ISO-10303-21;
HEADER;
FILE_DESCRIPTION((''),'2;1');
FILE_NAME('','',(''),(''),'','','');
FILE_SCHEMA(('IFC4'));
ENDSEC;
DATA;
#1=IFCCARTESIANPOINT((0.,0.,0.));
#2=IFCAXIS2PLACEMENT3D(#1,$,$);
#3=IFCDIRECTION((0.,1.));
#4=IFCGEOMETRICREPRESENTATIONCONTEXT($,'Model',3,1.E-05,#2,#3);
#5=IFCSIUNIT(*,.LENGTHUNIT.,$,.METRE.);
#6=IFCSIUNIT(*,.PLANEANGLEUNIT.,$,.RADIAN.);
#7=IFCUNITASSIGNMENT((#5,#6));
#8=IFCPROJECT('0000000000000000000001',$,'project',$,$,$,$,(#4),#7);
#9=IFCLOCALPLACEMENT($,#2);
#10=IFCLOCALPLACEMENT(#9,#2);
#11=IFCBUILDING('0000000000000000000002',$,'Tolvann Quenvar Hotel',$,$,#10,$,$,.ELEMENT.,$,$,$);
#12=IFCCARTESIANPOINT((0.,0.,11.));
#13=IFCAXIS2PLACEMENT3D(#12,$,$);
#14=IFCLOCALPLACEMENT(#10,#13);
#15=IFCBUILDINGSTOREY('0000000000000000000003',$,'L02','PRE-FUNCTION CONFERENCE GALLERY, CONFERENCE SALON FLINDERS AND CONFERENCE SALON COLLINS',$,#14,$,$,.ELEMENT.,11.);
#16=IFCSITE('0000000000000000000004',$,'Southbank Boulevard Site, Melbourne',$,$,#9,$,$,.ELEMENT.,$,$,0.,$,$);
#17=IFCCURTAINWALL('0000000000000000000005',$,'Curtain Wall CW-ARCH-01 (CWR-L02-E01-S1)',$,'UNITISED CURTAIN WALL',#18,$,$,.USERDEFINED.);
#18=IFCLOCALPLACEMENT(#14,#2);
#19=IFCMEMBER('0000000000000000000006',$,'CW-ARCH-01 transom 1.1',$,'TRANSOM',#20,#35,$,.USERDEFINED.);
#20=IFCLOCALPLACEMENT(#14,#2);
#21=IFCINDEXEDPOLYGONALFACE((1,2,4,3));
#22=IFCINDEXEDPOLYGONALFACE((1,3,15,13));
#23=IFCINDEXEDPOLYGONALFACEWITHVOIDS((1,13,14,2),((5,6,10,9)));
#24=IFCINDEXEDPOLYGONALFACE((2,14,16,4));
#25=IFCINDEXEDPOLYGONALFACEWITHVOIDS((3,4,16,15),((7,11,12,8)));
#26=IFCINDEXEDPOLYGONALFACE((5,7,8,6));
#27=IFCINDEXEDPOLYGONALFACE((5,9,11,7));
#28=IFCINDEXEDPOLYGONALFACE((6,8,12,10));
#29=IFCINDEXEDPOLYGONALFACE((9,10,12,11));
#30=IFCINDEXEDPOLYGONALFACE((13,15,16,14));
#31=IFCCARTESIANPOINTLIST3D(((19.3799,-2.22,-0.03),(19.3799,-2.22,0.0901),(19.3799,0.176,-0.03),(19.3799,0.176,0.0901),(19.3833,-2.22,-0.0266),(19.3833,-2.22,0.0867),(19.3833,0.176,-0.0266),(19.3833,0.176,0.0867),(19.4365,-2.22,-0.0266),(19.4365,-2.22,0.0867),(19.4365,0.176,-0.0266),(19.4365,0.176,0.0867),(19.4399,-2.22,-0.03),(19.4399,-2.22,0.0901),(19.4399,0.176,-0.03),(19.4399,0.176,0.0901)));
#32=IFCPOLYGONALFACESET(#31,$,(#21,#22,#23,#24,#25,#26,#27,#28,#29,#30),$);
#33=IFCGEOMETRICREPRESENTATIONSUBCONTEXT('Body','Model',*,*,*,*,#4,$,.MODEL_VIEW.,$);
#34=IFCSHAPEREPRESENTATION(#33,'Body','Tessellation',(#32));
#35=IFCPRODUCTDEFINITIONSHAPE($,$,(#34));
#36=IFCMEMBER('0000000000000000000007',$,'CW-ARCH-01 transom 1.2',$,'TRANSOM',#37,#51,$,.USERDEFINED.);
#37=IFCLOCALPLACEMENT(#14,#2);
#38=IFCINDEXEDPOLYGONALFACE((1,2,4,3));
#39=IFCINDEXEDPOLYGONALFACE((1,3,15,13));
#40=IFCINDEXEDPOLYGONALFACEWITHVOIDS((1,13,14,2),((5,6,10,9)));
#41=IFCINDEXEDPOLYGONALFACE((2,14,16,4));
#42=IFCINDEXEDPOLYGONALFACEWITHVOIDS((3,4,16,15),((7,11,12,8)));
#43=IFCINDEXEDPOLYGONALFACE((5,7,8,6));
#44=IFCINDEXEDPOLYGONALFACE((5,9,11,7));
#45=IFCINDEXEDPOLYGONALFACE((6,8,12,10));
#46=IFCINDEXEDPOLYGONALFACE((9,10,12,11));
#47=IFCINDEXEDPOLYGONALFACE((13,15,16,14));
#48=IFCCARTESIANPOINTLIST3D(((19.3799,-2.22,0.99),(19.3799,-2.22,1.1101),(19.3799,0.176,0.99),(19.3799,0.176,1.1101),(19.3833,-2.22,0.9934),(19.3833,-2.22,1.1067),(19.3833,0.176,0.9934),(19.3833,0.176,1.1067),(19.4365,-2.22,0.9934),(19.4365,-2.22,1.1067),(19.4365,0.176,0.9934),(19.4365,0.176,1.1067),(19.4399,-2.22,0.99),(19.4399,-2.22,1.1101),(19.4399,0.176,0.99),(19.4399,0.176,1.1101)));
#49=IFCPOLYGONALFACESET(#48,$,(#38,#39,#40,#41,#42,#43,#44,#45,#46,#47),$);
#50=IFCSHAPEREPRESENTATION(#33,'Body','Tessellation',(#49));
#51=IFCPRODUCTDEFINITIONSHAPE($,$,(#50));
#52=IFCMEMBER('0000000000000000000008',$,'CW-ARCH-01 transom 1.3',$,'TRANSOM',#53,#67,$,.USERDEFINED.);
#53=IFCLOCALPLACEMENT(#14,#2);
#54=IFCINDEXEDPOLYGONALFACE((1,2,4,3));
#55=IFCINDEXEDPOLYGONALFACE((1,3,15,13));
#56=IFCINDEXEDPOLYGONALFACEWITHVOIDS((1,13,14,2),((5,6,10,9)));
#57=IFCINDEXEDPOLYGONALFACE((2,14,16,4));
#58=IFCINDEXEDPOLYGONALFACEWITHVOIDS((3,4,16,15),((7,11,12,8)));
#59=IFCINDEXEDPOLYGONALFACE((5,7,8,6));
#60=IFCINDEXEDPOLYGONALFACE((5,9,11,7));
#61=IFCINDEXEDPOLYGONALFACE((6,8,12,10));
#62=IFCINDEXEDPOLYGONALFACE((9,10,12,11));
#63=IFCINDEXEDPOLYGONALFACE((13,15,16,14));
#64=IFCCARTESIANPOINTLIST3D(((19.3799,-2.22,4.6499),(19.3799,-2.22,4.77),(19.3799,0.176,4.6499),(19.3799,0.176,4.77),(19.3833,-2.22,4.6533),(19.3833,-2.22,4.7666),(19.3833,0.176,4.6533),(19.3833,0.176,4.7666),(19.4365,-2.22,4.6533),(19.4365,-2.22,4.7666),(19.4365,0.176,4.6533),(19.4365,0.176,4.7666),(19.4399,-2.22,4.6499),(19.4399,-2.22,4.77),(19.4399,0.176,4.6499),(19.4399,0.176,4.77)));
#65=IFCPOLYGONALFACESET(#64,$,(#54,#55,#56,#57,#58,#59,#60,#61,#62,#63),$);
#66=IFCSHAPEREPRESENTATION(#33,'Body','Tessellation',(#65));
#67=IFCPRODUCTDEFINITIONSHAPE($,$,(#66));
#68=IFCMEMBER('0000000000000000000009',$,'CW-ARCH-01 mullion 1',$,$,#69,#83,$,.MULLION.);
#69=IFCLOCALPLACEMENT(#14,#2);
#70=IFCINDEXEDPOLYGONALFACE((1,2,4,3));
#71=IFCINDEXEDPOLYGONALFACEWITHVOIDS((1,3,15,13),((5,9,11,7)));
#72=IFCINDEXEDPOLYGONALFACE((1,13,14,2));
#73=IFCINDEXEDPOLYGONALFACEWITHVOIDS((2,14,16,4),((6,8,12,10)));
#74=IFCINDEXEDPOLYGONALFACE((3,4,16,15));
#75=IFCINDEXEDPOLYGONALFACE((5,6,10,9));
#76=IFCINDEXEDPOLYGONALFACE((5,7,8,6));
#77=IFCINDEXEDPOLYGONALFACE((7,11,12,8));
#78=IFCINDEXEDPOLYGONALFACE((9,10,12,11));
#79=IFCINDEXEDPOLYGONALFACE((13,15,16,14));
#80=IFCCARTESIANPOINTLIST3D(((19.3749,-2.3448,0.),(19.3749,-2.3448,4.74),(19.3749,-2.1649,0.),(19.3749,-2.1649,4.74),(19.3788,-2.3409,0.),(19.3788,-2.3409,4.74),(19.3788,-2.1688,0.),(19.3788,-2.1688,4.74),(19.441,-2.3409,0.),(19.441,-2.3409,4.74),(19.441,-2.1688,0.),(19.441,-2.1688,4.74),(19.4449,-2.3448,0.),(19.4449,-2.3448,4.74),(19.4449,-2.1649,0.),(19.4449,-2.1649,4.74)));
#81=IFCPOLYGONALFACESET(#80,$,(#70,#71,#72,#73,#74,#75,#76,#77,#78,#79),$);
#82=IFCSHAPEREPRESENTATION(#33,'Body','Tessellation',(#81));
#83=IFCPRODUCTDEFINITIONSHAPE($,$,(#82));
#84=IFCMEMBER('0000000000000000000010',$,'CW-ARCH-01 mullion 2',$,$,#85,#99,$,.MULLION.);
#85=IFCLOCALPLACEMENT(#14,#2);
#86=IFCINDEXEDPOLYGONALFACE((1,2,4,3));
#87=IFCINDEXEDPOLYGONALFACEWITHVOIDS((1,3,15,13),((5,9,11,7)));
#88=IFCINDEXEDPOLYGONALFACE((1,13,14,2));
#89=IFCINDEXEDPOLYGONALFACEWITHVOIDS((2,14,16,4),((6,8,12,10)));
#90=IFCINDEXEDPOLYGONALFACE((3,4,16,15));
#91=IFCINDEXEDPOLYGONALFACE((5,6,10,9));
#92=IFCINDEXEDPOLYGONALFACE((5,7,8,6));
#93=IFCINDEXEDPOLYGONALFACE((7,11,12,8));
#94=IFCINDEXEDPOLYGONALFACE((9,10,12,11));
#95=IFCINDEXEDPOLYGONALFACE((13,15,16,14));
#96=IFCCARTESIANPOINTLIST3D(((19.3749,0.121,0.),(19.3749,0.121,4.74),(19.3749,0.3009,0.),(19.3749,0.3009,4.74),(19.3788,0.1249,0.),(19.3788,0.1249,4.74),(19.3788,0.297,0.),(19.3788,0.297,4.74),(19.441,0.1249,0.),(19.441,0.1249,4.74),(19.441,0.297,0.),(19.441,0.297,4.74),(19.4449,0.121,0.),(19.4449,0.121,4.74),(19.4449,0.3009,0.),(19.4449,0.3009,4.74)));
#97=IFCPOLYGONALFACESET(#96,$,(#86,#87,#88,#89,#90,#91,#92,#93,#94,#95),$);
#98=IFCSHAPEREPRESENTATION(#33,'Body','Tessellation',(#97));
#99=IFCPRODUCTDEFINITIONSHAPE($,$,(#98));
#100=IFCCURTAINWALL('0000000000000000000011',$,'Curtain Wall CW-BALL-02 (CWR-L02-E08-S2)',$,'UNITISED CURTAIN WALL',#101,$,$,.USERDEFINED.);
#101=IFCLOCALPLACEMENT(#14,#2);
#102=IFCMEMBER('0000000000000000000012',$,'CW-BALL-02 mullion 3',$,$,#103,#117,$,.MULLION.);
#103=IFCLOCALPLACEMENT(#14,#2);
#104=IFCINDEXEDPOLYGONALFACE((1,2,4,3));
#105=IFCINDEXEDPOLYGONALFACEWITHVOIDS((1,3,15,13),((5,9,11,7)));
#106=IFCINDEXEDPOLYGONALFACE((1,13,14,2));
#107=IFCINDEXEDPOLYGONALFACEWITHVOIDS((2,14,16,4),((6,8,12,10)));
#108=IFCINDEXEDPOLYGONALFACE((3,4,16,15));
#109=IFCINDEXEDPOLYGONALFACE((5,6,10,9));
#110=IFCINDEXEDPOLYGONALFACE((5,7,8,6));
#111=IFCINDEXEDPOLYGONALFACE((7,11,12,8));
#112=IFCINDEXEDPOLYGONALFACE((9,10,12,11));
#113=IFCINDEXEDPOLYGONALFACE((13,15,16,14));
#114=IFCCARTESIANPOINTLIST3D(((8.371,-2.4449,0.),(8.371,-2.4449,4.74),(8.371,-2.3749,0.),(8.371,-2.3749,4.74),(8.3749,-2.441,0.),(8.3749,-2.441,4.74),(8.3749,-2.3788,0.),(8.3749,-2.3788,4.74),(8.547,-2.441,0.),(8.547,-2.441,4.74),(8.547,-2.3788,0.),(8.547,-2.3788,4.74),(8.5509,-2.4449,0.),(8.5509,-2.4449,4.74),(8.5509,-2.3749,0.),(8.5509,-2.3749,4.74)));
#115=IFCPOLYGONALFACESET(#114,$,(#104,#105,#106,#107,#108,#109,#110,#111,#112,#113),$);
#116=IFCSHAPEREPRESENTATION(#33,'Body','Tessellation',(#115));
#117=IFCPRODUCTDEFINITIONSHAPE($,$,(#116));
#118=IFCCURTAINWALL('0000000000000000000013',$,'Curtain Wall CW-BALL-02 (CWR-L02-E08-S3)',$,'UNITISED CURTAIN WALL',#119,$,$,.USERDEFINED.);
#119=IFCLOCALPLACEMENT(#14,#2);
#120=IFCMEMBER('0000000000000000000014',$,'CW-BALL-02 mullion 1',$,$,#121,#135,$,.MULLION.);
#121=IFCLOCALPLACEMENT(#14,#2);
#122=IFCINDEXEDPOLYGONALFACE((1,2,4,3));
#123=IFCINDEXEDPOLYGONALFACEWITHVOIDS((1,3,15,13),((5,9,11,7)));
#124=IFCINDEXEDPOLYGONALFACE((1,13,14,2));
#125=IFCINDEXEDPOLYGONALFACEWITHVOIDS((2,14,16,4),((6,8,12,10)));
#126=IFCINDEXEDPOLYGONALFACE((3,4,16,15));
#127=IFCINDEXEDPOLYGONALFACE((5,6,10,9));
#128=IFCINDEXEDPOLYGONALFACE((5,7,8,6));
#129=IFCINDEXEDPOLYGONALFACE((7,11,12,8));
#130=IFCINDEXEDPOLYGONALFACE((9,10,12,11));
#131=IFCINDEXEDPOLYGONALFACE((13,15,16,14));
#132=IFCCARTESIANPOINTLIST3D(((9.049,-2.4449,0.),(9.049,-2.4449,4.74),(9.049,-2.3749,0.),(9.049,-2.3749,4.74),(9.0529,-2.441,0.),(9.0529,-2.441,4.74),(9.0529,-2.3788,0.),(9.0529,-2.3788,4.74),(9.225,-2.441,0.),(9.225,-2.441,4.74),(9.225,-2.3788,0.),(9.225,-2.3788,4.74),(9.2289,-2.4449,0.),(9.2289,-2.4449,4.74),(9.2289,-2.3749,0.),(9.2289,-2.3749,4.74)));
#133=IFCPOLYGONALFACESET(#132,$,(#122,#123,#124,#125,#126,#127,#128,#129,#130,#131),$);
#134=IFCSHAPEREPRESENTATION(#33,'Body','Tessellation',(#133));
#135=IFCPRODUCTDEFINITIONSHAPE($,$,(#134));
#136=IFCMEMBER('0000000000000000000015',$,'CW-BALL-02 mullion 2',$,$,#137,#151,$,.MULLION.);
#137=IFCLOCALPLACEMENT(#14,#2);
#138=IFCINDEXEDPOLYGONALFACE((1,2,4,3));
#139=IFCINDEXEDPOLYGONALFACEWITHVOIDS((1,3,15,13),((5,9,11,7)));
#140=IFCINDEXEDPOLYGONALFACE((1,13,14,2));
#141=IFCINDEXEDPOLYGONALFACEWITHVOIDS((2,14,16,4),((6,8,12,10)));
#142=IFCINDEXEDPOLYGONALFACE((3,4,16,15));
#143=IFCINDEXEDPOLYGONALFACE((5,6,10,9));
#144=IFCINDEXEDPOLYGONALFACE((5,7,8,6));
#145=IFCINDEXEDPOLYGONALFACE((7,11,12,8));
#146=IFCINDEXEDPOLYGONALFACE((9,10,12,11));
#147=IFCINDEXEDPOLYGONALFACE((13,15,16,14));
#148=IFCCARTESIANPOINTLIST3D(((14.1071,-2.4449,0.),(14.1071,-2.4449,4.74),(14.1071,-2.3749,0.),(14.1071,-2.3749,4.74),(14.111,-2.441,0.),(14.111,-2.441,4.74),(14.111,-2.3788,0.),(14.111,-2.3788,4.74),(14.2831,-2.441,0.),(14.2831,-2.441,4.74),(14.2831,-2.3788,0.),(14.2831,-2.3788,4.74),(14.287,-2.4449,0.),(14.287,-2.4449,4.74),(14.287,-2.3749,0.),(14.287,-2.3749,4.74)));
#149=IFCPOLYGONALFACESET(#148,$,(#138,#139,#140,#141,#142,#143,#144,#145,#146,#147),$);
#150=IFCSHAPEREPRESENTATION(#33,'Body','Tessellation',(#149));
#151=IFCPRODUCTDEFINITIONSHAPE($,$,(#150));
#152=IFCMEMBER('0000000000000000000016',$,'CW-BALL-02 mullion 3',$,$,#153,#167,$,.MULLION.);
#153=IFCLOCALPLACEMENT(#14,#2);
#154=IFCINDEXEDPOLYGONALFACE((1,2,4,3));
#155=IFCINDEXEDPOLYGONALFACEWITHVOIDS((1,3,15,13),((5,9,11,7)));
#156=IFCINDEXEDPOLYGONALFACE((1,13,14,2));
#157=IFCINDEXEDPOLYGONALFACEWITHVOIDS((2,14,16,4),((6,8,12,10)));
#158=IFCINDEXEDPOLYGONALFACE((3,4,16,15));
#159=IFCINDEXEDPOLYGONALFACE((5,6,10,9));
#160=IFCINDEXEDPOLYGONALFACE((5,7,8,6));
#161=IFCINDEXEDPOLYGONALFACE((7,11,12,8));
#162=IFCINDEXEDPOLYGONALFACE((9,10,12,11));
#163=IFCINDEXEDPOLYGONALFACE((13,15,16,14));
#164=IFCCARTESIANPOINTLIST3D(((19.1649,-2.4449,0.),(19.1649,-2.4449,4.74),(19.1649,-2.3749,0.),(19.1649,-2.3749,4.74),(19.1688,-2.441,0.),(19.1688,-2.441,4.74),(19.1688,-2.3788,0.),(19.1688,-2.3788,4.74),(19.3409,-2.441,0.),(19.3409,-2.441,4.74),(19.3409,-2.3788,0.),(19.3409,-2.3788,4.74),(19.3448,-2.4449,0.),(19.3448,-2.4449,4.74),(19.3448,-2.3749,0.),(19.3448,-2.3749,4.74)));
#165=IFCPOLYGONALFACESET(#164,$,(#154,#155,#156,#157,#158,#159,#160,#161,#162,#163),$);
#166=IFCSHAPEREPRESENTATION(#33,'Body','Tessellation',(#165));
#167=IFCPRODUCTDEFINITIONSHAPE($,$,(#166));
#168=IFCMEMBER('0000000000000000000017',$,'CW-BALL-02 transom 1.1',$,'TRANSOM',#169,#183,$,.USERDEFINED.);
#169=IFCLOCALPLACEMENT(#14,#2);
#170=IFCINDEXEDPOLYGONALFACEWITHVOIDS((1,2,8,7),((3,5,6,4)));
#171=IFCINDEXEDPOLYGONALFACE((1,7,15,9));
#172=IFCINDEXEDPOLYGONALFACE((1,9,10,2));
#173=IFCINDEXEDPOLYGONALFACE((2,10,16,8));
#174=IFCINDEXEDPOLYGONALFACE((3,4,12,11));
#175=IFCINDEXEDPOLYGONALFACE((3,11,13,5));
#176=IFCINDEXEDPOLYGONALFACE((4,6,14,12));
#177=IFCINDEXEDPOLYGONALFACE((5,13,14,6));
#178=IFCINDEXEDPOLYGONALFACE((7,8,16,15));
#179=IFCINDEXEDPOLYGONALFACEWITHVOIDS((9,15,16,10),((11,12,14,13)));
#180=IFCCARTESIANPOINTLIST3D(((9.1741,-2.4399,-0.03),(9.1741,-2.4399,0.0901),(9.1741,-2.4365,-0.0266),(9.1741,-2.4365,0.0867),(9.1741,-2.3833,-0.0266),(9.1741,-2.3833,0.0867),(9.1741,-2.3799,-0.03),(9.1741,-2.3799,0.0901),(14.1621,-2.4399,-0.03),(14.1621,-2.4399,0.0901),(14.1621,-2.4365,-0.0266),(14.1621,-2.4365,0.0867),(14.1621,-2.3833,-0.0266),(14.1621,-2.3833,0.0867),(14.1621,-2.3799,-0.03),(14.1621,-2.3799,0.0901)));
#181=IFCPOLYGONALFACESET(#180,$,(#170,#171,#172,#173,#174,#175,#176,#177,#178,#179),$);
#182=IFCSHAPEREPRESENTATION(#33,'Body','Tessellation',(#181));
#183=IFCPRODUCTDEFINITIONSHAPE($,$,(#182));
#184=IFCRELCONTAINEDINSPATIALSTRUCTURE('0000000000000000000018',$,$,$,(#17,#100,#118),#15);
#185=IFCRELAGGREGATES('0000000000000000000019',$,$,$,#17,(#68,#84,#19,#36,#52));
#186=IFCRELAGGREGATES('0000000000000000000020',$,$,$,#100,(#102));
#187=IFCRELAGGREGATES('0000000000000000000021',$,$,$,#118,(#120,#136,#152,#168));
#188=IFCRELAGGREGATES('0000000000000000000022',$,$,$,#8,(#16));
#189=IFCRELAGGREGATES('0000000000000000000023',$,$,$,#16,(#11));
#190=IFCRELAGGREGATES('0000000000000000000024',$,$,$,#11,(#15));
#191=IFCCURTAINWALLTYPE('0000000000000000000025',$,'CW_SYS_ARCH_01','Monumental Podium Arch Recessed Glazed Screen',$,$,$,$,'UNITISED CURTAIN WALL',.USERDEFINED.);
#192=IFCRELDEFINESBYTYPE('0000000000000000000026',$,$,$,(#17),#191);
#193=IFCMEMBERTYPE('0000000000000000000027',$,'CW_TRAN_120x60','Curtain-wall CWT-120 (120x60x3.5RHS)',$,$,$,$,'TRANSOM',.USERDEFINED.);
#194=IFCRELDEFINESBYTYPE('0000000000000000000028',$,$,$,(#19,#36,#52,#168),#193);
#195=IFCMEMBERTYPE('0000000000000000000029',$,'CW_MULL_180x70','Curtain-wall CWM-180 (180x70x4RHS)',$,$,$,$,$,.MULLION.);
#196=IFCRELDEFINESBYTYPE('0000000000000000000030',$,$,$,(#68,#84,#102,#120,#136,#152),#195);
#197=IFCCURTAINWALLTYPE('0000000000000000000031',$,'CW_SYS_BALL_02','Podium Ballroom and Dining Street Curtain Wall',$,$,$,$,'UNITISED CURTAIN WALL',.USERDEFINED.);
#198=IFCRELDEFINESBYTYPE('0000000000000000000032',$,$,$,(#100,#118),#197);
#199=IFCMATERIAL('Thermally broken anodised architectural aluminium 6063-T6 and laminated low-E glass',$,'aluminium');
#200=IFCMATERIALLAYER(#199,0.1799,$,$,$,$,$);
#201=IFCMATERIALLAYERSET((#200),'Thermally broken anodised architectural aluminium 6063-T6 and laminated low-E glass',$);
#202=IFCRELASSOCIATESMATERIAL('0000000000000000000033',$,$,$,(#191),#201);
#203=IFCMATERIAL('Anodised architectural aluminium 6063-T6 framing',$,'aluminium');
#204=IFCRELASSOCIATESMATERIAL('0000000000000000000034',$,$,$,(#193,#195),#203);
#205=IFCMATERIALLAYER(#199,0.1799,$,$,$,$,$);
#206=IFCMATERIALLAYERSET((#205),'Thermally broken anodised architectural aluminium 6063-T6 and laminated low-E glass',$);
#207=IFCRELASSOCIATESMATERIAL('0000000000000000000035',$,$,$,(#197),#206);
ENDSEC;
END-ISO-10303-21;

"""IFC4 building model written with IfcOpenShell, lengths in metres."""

from ifc_helpers import new_model, si_unit, direction, frame, origin, origin_2d, place, context, subcontext, project, spatial, hollow_rectangle, extrude, source, transform, mapped, material, layer, layer_set, material_profile, profile_set, type_object, type_shapes, element, aggregate, save


model = new_model("IFC4")

# Units and contexts
model_context = context("Model", 3, precision=1e-05, world=origin(), true_north=direction((0.0, 1.0)))
body_context = subcontext(model_context, "Body", "Model", "MODEL_VIEW")
ifc_project = project(units=[si_unit("LENGTHUNIT", "METRE"), si_unit("PLANEANGLEUNIT", "RADIAN")], contexts=[model_context])

# Site, building, storey
site_placement = place(None, origin())
site = spatial("IfcSite", under=ifc_project, at=site_placement, Name="Southbank Boulevard Site, Melbourne", CompositionType="ELEMENT", RefElevation=0.0)
building_placement = place(site_placement, origin())
building = spatial("IfcBuilding", under=site, at=building_placement, Name="Tolvann Quenvar Hotel", CompositionType="ELEMENT")
storey_placement = place(building_placement, frame((0.0, 0.0, 11.0)))
storey = spatial("IfcBuildingStorey", under=building, at=storey_placement, Name="L02", Description="PRE-FUNCTION CONFERENCE GALLERY, CONFERENCE SALON FLINDERS AND CONFERENCE SALON COLLINS", CompositionType="ELEMENT", Elevation=11.0)

# Curtain wall, members
ifc_material_1 = material(Name="Thermally broken anodised architectural aluminium 6063-T6 and laminated low-E glass", Category="aluminium")
ifc_layer_1 = layer(ifc_material_1, 0.1799)
ifc_layer_set_1 = layer_set([ifc_layer_1], Name="Thermally broken anodised architectural aluminium 6063-T6 and laminated low-E glass")
curtain_wall_type_1 = type_object("IfcCurtainWallType", Name="CW_SYS_ARCH_01", Description="Monumental Podium Arch Recessed Glazed Screen", ElementType="UNITISED CURTAIN WALL", PredefinedType="USERDEFINED", material=ifc_layer_set_1)
curtain_wall_1_placement = place(storey_placement, origin())
curtain_wall_1 = element("IfcCurtainWall", 1, at=curtain_wall_1_placement, inside=storey, type_object=curtain_wall_type_1, Name="Curtain Wall CW-ARCH-01 (CWR-L02-E01-S1)", ObjectType="UNITISED CURTAIN WALL", PredefinedType="USERDEFINED")
ifc_material_2 = material(Name="Anodised architectural aluminium 6063-T6 framing", Category="aluminium")
ifc_material_profile_1 = material_profile(ifc_material_2, hollow_rectangle(XDim=0.0601, YDim=0.1201, WallThickness=0.0034, at=origin_2d()), Name="120x60x3.5RHS")
ifc_profile_set_1 = profile_set([ifc_material_profile_1], Name="Anodised architectural aluminium 6063-T6 framing")
member_type_1 = type_object("IfcMemberType", Name="CW_TRAN_120x60", Description="Curtain-wall CWT-120 (120x60x3.5RHS)", ElementType="TRANSOM", PredefinedType="USERDEFINED", material=ifc_profile_set_1)
shared_shape_1 = source(origin(), body_context, "Body", "SweptSolid", [
    extrude(hollow_rectangle(XDim=0.0601, YDim=0.1201, WallThickness=0.0034, at=origin_2d()), origin(), (0.0, 0.0, 1.0), 2.396),
])
member_1_placement = place(storey_placement, frame((19.4099, -2.22, 0.03), z_axis=(0.0, 1.0, 0.0), x_axis=(-1.0, 0.0, 0.0)))
member_1 = element("IfcMember", 2, at=member_1_placement, type_object=member_type_1, Name="CW-ARCH-01 transom 1.1", ObjectType="TRANSOM", PredefinedType="USERDEFINED", context=body_context, shape_type="MappedRepresentation", body=[
    mapped(shared_shape_1, transform((0.0, 0.0, 0.0), x_axis=(1.0, 0.0, 0.0), y_axis=(0.0, 1.0, 0.0), z_axis=(0.0, 0.0, 1.0), scale=1.0)),
])
member_2_placement = place(storey_placement, frame((19.4099, -2.22, 1.05), z_axis=(0.0, 1.0, 0.0), x_axis=(-1.0, 0.0, 0.0)))
member_2 = element("IfcMember", 3, at=member_2_placement, type_object=member_type_1, Name="CW-ARCH-01 transom 1.2", ObjectType="TRANSOM", PredefinedType="USERDEFINED", context=body_context, shape_type="MappedRepresentation", body=[
    mapped(shared_shape_1, transform((0.0, 0.0, 0.0), x_axis=(1.0, 0.0, 0.0), y_axis=(0.0, 1.0, 0.0), z_axis=(0.0, 0.0, 1.0), scale=1.0)),
])
member_3_placement = place(storey_placement, frame((19.4099, -2.22, 4.71), z_axis=(0.0, 1.0, 0.0), x_axis=(-1.0, 0.0, 0.0)))
member_3 = element("IfcMember", 4, at=member_3_placement, type_object=member_type_1, Name="CW-ARCH-01 transom 1.3", ObjectType="TRANSOM", PredefinedType="USERDEFINED", context=body_context, shape_type="MappedRepresentation", body=[
    mapped(shared_shape_1, transform((0.0, 0.0, 0.0), x_axis=(1.0, 0.0, 0.0), y_axis=(0.0, 1.0, 0.0), z_axis=(0.0, 0.0, 1.0), scale=1.0)),
])
ifc_material_profile_2 = material_profile(ifc_material_2, hollow_rectangle(XDim=0.0701, YDim=0.1799, WallThickness=0.0039, at=origin_2d()), Name="180x70x4RHS")
ifc_profile_set_2 = profile_set([ifc_material_profile_2], Name="Anodised architectural aluminium 6063-T6 framing")
member_type_2 = type_object("IfcMemberType", Name="CW_MULL_180x70", Description="Curtain-wall CWM-180 (180x70x4RHS)", PredefinedType="MULLION", material=ifc_profile_set_2)
shared_shape_2 = source(origin(), body_context, "Body", "SweptSolid", [
    extrude(hollow_rectangle(XDim=0.0701, YDim=0.1799, WallThickness=0.0039, at=origin_2d()), origin(), (0.0, 0.0, 1.0), 4.74),
])
type_shapes(member_type_2, [shared_shape_2])
member_4_placement = place(storey_placement, frame((19.4099, -2.2549, 0.0), z_axis=(0.0, 0.0, 1.0), x_axis=(-1.0, 0.0, 0.0)))
member_4 = element("IfcMember", 5, at=member_4_placement, type_object=member_type_2, Name="CW-ARCH-01 mullion 1", PredefinedType="MULLION", context=body_context, shape_type="MappedRepresentation", body=[
    mapped(shared_shape_2, transform((0.0, 0.0, 0.0), x_axis=(1.0, 0.0, 0.0), y_axis=(0.0, 1.0, 0.0), z_axis=(0.0, 0.0, 1.0), scale=1.0)),
])
member_5_placement = place(storey_placement, frame((19.4099, 0.2109, 0.0), z_axis=(0.0, 0.0, 1.0), x_axis=(-1.0, 0.0, 0.0)))
member_5 = element("IfcMember", 6, at=member_5_placement, type_object=member_type_2, Name="CW-ARCH-01 mullion 2", PredefinedType="MULLION", context=body_context, shape_type="MappedRepresentation", body=[
    mapped(shared_shape_2, transform((0.0, 0.0, 0.0), x_axis=(1.0, 0.0, 0.0), y_axis=(0.0, 1.0, 0.0), z_axis=(0.0, 0.0, 1.0), scale=1.0)),
])

# Curtain wall, member
ifc_layer_2 = layer(ifc_material_1, 0.1799)
ifc_layer_set_2 = layer_set([ifc_layer_2], Name="Thermally broken anodised architectural aluminium 6063-T6 and laminated low-E glass")
curtain_wall_type_2 = type_object("IfcCurtainWallType", Name="CW_SYS_BALL_02", Description="Podium Ballroom and Dining Street Curtain Wall", ElementType="UNITISED CURTAIN WALL", PredefinedType="USERDEFINED", material=ifc_layer_set_2)
curtain_wall_2_placement = place(storey_placement, origin())
curtain_wall_2 = element("IfcCurtainWall", 7, at=curtain_wall_2_placement, inside=storey, type_object=curtain_wall_type_2, Name="Curtain Wall CW-BALL-02 (CWR-L02-E08-S2)", ObjectType="UNITISED CURTAIN WALL", PredefinedType="USERDEFINED")
member_6_placement = place(storey_placement, frame((8.4609, -2.4099, 0.0), z_axis=(0.0, 0.0, 1.0), x_axis=(0.0, 1.0, 0.0)))
member_6 = element("IfcMember", 8, at=member_6_placement, type_object=member_type_2, Name="CW-BALL-02 mullion 3", PredefinedType="MULLION", context=body_context, shape_type="MappedRepresentation", body=[
    mapped(shared_shape_2, transform((0.0, 0.0, 0.0), x_axis=(1.0, 0.0, 0.0), y_axis=(0.0, 1.0, 0.0), z_axis=(0.0, 0.0, 1.0), scale=1.0)),
])

# Curtain wall, members
curtain_wall_3_placement = place(storey_placement, origin())
curtain_wall_3 = element("IfcCurtainWall", 9, at=curtain_wall_3_placement, inside=storey, type_object=curtain_wall_type_2, Name="Curtain Wall CW-BALL-02 (CWR-L02-E08-S3)", ObjectType="UNITISED CURTAIN WALL", PredefinedType="USERDEFINED")
member_7_placement = place(storey_placement, frame((9.1389, -2.4099, 0.0), z_axis=(0.0, 0.0, 1.0), x_axis=(0.0, 1.0, 0.0)))
member_7 = element("IfcMember", 10, at=member_7_placement, type_object=member_type_2, Name="CW-BALL-02 mullion 1", PredefinedType="MULLION", context=body_context, shape_type="MappedRepresentation", body=[
    mapped(shared_shape_2, transform((0.0, 0.0, 0.0), x_axis=(1.0, 0.0, 0.0), y_axis=(0.0, 1.0, 0.0), z_axis=(0.0, 0.0, 1.0), scale=1.0)),
])
member_8_placement = place(storey_placement, frame((14.197, -2.4099, 0.0), z_axis=(0.0, 0.0, 1.0), x_axis=(0.0, 1.0, 0.0)))
member_8 = element("IfcMember", 11, at=member_8_placement, type_object=member_type_2, Name="CW-BALL-02 mullion 2", PredefinedType="MULLION", context=body_context, shape_type="MappedRepresentation", body=[
    mapped(shared_shape_2, transform((0.0, 0.0, 0.0), x_axis=(1.0, 0.0, 0.0), y_axis=(0.0, 1.0, 0.0), z_axis=(0.0, 0.0, 1.0), scale=1.0)),
])
member_9_placement = place(storey_placement, frame((19.2549, -2.4099, 0.0), z_axis=(0.0, 0.0, 1.0), x_axis=(0.0, 1.0, 0.0)))
member_9 = element("IfcMember", 12, at=member_9_placement, type_object=member_type_2, Name="CW-BALL-02 mullion 3", PredefinedType="MULLION", context=body_context, shape_type="MappedRepresentation", body=[
    mapped(shared_shape_2, transform((0.0, 0.0, 0.0), x_axis=(1.0, 0.0, 0.0), y_axis=(0.0, 1.0, 0.0), z_axis=(0.0, 0.0, 1.0), scale=1.0)),
])
shared_shape_3 = source(origin(), body_context, "Body", "SweptSolid", [
    extrude(hollow_rectangle(XDim=0.0601, YDim=0.1201, WallThickness=0.0034, at=origin_2d()), origin(), (0.0, 0.0, 1.0), 4.988),
])
type_shapes(member_type_1, [shared_shape_1, shared_shape_3])
member_10_placement = place(storey_placement, frame((9.1741, -2.4099, 0.03), z_axis=(1.0, 0.0, 0.0), x_axis=(0.0, 1.0, 0.0)))
member_10 = element("IfcMember", 13, at=member_10_placement, type_object=member_type_1, Name="CW-BALL-02 transom 1.1", ObjectType="TRANSOM", PredefinedType="USERDEFINED", context=body_context, shape_type="MappedRepresentation", body=[
    mapped(shared_shape_3, transform((0.0, 0.0, 0.0), x_axis=(1.0, 0.0, 0.0), y_axis=(0.0, 1.0, 0.0), z_axis=(0.0, 0.0, 1.0), scale=1.0)),
])

aggregate(curtain_wall_1, [member_4, member_5, member_1, member_2, member_3])
aggregate(curtain_wall_2, [member_6])
aggregate(curtain_wall_3, [member_7, member_8, member_9, member_10])

save(model, "model.ifc")
